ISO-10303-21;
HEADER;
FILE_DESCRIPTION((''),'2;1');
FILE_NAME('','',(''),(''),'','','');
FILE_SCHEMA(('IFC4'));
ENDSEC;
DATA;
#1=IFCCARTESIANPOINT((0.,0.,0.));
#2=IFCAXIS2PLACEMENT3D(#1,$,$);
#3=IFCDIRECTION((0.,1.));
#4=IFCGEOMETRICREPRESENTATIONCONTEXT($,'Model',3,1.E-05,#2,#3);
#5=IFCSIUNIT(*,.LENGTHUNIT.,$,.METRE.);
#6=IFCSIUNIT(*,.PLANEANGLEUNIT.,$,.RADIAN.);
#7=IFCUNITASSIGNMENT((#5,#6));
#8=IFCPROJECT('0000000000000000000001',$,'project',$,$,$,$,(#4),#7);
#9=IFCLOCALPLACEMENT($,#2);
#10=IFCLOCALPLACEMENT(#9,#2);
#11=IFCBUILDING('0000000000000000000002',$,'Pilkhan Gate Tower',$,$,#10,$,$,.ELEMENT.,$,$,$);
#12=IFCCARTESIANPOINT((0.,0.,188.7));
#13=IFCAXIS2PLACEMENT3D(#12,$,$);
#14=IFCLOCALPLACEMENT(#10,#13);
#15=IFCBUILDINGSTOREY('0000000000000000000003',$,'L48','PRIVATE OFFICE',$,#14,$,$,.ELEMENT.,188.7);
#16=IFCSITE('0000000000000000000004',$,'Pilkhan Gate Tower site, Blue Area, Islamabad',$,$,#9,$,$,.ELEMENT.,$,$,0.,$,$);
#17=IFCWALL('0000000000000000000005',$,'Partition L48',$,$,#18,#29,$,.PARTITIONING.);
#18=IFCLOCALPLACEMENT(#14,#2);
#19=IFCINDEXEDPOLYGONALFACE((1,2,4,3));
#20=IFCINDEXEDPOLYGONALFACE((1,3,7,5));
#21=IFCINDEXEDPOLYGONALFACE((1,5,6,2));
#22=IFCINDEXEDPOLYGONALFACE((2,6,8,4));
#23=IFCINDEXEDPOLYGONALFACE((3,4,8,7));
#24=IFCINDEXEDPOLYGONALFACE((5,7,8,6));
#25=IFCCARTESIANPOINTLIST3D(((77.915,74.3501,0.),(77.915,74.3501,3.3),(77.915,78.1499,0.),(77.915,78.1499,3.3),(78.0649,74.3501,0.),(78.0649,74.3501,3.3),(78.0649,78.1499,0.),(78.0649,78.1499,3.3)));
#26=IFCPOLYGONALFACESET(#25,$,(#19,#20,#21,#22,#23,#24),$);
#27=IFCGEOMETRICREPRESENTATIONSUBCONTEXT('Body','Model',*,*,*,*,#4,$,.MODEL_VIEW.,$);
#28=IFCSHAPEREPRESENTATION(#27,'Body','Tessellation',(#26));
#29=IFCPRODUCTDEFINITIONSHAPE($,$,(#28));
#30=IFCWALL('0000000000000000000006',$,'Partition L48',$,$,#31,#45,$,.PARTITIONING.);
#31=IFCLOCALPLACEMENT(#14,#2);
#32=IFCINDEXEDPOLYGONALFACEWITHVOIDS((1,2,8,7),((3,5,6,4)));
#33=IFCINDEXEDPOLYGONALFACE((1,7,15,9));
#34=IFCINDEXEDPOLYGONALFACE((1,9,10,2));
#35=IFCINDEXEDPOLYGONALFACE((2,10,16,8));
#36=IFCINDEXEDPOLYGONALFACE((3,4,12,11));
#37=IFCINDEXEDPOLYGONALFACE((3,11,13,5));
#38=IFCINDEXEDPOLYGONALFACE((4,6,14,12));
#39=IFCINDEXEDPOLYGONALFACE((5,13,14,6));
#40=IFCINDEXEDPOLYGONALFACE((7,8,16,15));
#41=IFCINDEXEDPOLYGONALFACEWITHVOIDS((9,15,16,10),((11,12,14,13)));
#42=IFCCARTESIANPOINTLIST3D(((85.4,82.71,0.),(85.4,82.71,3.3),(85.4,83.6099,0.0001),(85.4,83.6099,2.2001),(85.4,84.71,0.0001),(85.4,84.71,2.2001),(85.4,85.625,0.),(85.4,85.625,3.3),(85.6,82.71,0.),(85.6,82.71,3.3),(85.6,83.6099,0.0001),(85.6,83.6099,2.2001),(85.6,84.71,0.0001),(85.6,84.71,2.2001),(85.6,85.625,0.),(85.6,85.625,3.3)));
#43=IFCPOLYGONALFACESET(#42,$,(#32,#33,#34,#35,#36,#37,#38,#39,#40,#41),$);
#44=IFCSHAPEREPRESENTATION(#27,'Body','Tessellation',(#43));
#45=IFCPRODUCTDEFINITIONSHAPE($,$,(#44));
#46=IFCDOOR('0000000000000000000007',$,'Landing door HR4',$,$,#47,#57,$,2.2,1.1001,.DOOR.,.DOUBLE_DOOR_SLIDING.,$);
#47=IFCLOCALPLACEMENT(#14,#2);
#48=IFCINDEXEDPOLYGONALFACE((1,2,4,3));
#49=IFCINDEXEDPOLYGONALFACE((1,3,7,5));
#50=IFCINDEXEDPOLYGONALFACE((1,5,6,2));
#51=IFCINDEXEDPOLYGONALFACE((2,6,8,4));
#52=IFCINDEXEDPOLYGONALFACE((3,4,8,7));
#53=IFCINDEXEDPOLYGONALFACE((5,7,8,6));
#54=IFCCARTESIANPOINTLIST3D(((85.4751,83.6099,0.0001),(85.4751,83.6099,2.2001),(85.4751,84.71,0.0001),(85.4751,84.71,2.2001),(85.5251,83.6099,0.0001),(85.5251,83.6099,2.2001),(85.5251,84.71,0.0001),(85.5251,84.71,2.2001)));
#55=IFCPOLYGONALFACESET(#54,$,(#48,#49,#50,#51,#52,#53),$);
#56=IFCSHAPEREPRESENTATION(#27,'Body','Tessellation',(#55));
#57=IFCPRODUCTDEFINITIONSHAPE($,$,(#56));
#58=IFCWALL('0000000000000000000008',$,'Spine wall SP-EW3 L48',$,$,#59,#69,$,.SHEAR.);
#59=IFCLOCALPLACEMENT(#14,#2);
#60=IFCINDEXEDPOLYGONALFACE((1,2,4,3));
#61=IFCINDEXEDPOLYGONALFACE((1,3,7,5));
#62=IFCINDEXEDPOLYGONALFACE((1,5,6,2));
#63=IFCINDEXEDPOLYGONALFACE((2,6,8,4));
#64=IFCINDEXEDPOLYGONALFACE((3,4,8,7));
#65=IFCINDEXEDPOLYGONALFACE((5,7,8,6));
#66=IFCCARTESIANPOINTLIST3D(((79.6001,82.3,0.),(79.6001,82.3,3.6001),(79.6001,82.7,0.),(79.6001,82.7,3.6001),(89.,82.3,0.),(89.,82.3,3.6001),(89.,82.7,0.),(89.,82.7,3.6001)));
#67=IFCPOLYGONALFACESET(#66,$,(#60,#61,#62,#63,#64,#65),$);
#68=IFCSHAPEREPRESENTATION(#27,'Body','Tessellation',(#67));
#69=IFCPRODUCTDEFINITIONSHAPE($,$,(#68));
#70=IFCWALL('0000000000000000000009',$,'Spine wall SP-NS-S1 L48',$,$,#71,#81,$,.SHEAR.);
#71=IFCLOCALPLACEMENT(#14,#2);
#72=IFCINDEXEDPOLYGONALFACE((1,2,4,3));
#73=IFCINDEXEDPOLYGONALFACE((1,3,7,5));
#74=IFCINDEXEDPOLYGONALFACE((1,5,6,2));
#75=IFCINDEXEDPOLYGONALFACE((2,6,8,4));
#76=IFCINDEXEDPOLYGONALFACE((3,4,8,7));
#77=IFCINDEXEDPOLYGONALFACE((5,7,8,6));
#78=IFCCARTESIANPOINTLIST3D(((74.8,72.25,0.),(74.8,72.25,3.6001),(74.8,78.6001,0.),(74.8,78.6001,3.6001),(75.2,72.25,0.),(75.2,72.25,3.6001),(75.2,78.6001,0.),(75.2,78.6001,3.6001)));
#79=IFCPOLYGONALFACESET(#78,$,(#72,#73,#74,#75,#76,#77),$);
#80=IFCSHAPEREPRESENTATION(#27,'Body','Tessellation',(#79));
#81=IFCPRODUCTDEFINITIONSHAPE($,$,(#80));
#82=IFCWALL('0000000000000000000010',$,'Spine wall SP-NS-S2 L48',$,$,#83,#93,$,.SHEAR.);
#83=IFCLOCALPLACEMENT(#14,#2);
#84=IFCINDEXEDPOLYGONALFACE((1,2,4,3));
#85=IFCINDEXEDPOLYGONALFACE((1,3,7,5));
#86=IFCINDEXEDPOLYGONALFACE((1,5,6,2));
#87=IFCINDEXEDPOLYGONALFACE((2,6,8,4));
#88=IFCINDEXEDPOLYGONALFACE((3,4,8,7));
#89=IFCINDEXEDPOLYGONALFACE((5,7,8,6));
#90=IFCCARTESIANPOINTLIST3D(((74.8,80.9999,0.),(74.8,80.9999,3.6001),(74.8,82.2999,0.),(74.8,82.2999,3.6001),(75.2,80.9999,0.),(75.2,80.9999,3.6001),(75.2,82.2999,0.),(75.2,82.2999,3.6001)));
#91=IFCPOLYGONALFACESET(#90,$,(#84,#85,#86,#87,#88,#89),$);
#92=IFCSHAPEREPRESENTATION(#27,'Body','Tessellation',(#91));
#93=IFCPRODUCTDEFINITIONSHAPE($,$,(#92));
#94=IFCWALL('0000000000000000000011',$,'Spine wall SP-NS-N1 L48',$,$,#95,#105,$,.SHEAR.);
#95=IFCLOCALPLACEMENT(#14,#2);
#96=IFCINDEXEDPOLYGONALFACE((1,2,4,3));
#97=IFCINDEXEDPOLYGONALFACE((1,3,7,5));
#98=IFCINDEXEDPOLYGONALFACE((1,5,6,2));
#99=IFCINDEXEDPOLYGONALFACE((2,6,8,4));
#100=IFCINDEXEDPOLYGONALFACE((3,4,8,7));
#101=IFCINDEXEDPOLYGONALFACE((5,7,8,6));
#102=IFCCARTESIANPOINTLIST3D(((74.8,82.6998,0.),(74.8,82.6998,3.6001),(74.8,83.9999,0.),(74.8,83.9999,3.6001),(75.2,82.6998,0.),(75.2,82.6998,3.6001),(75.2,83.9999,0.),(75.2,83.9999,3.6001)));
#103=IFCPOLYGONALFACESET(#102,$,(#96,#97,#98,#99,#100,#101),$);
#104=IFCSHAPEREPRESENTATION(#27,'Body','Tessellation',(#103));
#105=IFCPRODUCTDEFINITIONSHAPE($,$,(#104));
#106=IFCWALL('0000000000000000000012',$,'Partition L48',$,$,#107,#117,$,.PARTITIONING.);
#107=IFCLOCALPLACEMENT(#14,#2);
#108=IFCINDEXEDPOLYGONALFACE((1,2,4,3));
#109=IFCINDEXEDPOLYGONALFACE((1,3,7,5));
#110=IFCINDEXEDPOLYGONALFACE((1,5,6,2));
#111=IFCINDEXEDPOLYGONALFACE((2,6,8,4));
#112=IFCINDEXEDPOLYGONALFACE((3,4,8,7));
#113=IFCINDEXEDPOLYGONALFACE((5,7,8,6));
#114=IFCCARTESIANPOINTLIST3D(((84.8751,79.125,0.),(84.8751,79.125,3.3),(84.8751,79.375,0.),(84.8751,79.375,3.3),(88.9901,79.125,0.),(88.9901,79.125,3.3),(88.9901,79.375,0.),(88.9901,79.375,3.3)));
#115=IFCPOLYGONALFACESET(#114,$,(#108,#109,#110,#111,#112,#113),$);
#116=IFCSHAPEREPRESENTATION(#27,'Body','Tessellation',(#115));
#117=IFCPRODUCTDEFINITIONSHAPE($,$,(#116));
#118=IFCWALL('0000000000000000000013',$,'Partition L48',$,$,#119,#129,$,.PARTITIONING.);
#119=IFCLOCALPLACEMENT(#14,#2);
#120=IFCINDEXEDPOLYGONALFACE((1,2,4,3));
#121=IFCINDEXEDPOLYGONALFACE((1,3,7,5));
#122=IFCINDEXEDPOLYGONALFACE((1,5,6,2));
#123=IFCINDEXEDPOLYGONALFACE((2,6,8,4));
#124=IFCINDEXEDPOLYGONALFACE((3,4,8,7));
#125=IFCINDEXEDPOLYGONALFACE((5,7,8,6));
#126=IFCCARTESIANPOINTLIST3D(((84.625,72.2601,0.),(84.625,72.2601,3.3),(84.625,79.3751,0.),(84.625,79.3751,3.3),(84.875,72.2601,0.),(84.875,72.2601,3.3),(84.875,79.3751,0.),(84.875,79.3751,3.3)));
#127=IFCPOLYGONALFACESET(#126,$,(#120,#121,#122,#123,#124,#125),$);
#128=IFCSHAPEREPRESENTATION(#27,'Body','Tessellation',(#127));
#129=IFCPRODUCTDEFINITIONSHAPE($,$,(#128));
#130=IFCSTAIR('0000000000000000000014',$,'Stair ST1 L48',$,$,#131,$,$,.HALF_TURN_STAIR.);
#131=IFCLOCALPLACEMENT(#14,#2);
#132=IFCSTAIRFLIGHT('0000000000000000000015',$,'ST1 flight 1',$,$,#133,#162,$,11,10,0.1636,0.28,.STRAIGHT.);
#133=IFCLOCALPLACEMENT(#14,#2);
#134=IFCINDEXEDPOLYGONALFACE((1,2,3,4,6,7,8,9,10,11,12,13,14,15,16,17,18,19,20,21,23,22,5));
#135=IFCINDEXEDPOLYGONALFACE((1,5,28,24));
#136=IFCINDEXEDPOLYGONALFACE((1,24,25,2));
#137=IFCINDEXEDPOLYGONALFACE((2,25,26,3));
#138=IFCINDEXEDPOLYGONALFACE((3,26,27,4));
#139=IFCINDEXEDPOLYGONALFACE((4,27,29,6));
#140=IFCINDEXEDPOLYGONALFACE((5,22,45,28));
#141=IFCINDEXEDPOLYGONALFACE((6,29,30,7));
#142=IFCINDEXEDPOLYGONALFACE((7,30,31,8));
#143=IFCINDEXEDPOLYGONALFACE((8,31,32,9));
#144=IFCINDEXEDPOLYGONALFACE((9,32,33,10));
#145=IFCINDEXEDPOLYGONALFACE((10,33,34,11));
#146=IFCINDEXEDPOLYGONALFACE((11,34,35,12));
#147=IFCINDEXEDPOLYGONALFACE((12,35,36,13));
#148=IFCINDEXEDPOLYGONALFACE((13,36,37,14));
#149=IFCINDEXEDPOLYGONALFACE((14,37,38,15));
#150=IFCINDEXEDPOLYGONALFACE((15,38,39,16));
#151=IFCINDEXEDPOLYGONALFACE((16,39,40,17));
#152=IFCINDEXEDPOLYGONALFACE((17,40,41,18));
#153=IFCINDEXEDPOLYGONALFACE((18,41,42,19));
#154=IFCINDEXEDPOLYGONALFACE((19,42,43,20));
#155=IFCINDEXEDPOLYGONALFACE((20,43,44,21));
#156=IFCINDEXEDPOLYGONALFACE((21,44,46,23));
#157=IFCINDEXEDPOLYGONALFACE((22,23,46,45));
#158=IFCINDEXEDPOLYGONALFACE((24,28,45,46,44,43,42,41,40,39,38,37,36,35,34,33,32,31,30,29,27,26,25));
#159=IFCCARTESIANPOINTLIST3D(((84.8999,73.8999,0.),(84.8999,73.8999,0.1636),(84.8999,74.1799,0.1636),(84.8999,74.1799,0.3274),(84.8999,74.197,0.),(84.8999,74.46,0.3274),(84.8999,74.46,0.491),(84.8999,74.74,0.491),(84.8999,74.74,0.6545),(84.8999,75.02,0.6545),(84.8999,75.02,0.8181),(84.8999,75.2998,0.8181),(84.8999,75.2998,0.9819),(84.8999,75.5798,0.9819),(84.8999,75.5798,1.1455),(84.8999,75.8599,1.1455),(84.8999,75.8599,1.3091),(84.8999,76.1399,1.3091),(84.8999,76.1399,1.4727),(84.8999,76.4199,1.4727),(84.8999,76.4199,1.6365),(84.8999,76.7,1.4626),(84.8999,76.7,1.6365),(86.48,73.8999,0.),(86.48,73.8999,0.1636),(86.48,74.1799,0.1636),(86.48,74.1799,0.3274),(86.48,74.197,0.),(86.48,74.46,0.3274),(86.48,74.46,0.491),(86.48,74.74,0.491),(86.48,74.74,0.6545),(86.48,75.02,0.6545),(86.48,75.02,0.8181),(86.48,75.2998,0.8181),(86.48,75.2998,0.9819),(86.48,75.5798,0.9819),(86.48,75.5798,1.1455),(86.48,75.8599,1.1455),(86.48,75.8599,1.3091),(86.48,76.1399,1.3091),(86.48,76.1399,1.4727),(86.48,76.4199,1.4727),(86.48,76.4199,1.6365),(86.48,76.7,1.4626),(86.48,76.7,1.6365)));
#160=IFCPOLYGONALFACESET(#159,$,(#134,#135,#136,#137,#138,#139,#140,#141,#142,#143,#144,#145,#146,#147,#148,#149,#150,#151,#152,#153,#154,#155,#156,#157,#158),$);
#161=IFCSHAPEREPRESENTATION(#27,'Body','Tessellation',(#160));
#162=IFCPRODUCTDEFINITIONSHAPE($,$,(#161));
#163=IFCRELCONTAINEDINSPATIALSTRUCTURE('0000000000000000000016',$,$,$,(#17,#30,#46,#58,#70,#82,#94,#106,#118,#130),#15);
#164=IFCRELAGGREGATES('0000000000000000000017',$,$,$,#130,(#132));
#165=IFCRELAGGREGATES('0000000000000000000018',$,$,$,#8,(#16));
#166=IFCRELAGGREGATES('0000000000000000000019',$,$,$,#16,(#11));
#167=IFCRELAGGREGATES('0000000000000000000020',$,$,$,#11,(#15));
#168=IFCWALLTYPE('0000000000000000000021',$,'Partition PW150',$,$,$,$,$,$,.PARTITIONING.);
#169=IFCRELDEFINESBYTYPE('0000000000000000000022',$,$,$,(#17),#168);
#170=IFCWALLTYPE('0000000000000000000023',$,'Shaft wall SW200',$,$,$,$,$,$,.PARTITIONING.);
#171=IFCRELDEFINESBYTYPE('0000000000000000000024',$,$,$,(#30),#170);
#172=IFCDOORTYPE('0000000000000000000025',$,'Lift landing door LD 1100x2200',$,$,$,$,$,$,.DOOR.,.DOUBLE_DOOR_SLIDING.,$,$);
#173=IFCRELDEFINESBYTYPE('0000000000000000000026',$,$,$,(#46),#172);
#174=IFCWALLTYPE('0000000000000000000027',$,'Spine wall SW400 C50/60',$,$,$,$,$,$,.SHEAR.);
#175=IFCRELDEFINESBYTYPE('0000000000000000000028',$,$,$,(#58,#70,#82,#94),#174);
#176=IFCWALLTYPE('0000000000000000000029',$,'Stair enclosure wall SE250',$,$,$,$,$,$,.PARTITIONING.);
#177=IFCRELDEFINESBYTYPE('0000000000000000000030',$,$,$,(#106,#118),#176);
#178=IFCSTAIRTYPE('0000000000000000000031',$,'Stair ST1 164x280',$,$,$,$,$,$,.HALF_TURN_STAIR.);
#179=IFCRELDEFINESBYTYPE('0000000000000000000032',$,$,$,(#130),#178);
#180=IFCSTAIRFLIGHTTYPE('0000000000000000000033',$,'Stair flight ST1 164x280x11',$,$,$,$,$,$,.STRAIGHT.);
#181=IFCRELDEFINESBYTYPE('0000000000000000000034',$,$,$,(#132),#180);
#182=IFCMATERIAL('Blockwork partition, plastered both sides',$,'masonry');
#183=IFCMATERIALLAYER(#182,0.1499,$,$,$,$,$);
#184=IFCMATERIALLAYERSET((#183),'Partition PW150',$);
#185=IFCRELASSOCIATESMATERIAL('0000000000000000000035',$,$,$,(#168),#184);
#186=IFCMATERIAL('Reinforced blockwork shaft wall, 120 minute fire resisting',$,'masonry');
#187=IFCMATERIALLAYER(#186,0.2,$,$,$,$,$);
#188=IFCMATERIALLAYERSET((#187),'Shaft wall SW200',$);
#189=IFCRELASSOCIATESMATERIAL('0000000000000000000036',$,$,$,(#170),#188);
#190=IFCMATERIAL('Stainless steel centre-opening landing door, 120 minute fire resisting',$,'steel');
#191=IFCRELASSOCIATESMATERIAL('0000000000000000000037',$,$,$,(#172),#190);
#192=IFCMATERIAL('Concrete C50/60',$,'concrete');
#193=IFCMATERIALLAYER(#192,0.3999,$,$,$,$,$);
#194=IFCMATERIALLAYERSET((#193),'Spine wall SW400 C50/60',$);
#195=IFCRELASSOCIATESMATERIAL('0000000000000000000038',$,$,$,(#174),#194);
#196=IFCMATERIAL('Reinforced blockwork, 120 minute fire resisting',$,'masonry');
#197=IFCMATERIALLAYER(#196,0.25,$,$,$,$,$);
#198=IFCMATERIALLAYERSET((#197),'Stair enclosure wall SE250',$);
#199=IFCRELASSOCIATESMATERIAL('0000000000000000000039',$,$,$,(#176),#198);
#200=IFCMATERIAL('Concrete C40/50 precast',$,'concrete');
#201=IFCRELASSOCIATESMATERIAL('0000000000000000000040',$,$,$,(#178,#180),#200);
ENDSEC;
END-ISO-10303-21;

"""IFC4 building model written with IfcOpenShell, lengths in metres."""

from ifc_helpers import new_model, si_unit, direction, frame, frame_2d, origin, place, context, subcontext, project, spatial, polyline, rectangle, outline, extrude, material, layer, layer_set, type_object, element, fill, aggregate, save


model = new_model("IFC4")

# Units and contexts
model_context = context("Model", 3, precision=1e-05, world=origin(), true_north=direction((0.0, 1.0)))
body_context = subcontext(model_context, "Body", "Model", "MODEL_VIEW")
ifc_project = project(units=[si_unit("LENGTHUNIT", "METRE"), si_unit("PLANEANGLEUNIT", "RADIAN")], contexts=[model_context])

# Site, building, storey
site_placement = place(None, origin())
site = spatial("IfcSite", under=ifc_project, at=site_placement, Name="Pilkhan Gate Tower site, Blue Area, Islamabad", CompositionType="ELEMENT", RefElevation=0.0)
building_placement = place(site_placement, origin())
building = spatial("IfcBuilding", under=site, at=building_placement, Name="Pilkhan Gate Tower", CompositionType="ELEMENT")
storey_placement = place(building_placement, frame((0.0, 0.0, 188.7)))
storey = spatial("IfcBuildingStorey", under=building, at=storey_placement, Name="L48", Description="PRIVATE OFFICE", CompositionType="ELEMENT", Elevation=188.7)

# Shared definitions
ifc_material_1 = material(Name="Concrete C50/60", Category="concrete")

# Wall
ifc_material_2 = material(Name="Blockwork partition, plastered both sides", Category="masonry")
ifc_layer_1 = layer(ifc_material_2, 0.1499)
ifc_layer_set_1 = layer_set([ifc_layer_1], Name="Partition PW150")
wall_type_1 = type_object("IfcWallType", Name="Partition PW150", PredefinedType="PARTITIONING", material=ifc_layer_set_1)
wall_1_placement = place(storey_placement, frame((77.99, 74.3501, 0.0), z_axis=(0.0, 0.0, 1.0), x_axis=(0.0, 1.0, 0.0)))
element("IfcWall", 1, at=wall_1_placement, inside=storey, type_object=wall_type_1, Name="Partition L48", PredefinedType="PARTITIONING", context=body_context, shape_type="SweptSolid", body=[
    extrude(rectangle(XDim=3.7998, YDim=0.1499, at=frame_2d((1.8999, 0.0))), origin(), (0.0, 0.0, 1.0), 3.3),
])

# Wall, opening, door
ifc_material_3 = material(Name="Reinforced blockwork shaft wall, 120 minute fire resisting", Category="masonry")
ifc_layer_2 = layer(ifc_material_3, 0.2)
ifc_layer_set_2 = layer_set([ifc_layer_2], Name="Shaft wall SW200")
wall_type_2 = type_object("IfcWallType", Name="Shaft wall SW200", PredefinedType="PARTITIONING", material=ifc_layer_set_2)
wall_2_placement = place(storey_placement, frame((85.5, 82.71, 0.0), z_axis=(0.0, 0.0, 1.0), x_axis=(0.0, 1.0, 0.0)))
wall_2 = element("IfcWall", 2, at=wall_2_placement, inside=storey, type_object=wall_type_2, Name="Partition L48", PredefinedType="PARTITIONING", context=body_context, shape_type="SweptSolid", body=[
    extrude(rectangle(XDim=2.915, YDim=0.2, at=frame_2d((1.4575, 0.0))), origin(), (0.0, 0.0, 1.0), 3.3),
])
opening_1_placement = place(wall_2_placement, frame((0.8999, 0.0, 0.0)))
opening_1 = element("IfcOpeningElement", 3, at=opening_1_placement, cuts=wall_2, PredefinedType="OPENING", context=body_context, shape_type="SweptSolid", body=[
    extrude(rectangle(XDim=1.1001, YDim=2.2, at=frame_2d((0.55, 1.1001))), frame((0.0, 0.1099, 0.0), z_axis=(0.0, -1.0, 0.0), x_axis=(1.0, 0.0, 0.0)), (0.0, 0.0, 1.0), 0.22),
])
ifc_material_4 = material(Name="Stainless steel centre-opening landing door, 120 minute fire resisting", Category="steel")
door_type_1 = type_object("IfcDoorType", Name="Lift landing door LD 1100x2200", OperationType="DOUBLE_DOOR_SLIDING", PredefinedType="DOOR", material=ifc_material_4)
door_1_placement = place(opening_1_placement, origin())
door_1 = element("IfcDoor", 4, at=door_1_placement, inside=storey, type_object=door_type_1, Name="Landing door HR4", OperationType="DOUBLE_DOOR_SLIDING", OverallHeight=2.2, OverallWidth=1.1001, PredefinedType="DOOR", context=body_context, shape_type="SweptSolid", body=[
    extrude(rectangle(XDim=1.1001, YDim=2.2, at=frame_2d((0.55, 1.1001))), frame((0.0, 0.0249, 0.0), z_axis=(0.0, -1.0, 0.0), x_axis=(1.0, 0.0, 0.0)), (0.0, 0.0, 1.0), 0.05),
])
fill(opening_1, door_1)

# Walls
ifc_layer_3 = layer(ifc_material_1, 0.3999)
ifc_layer_set_3 = layer_set([ifc_layer_3], Name="Spine wall SW400 C50/60")
wall_type_3 = type_object("IfcWallType", Name="Spine wall SW400 C50/60", PredefinedType="SHEAR", material=ifc_layer_set_3)
wall_3_placement = place(storey_placement, frame((79.6001, 82.5, 0.0), z_axis=(0.0, 0.0, 1.0), x_axis=(1.0, 0.0, 0.0)))
element("IfcWall", 5, at=wall_3_placement, inside=storey, type_object=wall_type_3, Name="Spine wall SP-EW3 L48", PredefinedType="SHEAR", context=body_context, shape_type="SweptSolid", body=[
    extrude(rectangle(XDim=9.3999, YDim=0.3999, at=frame_2d((4.7, 0.0))), origin(), (0.0, 0.0, 1.0), 3.6001),
])
wall_4_placement = place(storey_placement, frame((75.0, 72.25, 0.0), z_axis=(0.0, 0.0, 1.0), x_axis=(0.0, 1.0, 0.0)))
element("IfcWall", 6, at=wall_4_placement, inside=storey, type_object=wall_type_3, Name="Spine wall SP-NS-S1 L48", PredefinedType="SHEAR", context=body_context, shape_type="SweptSolid", body=[
    extrude(rectangle(XDim=6.3501, YDim=0.3999, at=frame_2d((3.175, 0.0))), origin(), (0.0, 0.0, 1.0), 3.6001),
])
for number, where, z_axis, x_axis, name in (
    (7, (75.0, 81.0, 0.0), (0.0, 0.0, 1.0), (0.0, 1.0, 0.0), "Spine wall SP-NS-S2 L48"),
    (8, (75.0, 82.7, 0.0), (0.0, 0.0, 1.0), (0.0, 1.0, 0.0), "Spine wall SP-NS-N1 L48"),
):
    element("IfcWall", number, at=place(storey_placement, frame(where, z_axis=z_axis, x_axis=x_axis)), inside=storey, type_object=wall_type_3, Name=name, PredefinedType="SHEAR", context=body_context, shape_type="SweptSolid", body=[
        extrude(rectangle(XDim=1.3, YDim=0.3999, at=frame_2d((0.6499, 0.0))), origin(), (0.0, 0.0, 1.0), 3.6001),
    ])
ifc_material_5 = material(Name="Reinforced blockwork, 120 minute fire resisting", Category="masonry")
ifc_layer_4 = layer(ifc_material_5, 0.25)
ifc_layer_set_4 = layer_set([ifc_layer_4], Name="Stair enclosure wall SE250")
wall_type_4 = type_object("IfcWallType", Name="Stair enclosure wall SE250", PredefinedType="PARTITIONING", material=ifc_layer_set_4)
wall_5_placement = place(storey_placement, frame((84.875, 79.25, 0.0), z_axis=(0.0, 0.0, 1.0), x_axis=(1.0, 0.0, 0.0)))
element("IfcWall", 9, at=wall_5_placement, inside=storey, type_object=wall_type_4, Name="Partition L48", PredefinedType="PARTITIONING", context=body_context, shape_type="SweptSolid", body=[
    extrude(rectangle(XDim=4.115, YDim=0.25, at=frame_2d((2.0576, 0.0))), origin(), (0.0, 0.0, 1.0), 3.3),
])
wall_6_placement = place(storey_placement, frame((84.75, 72.26, 0.0), z_axis=(0.0, 0.0, 1.0), x_axis=(0.0, 1.0, 0.0)))
element("IfcWall", 10, at=wall_6_placement, inside=storey, type_object=wall_type_4, Name="Partition L48", PredefinedType="PARTITIONING", context=body_context, shape_type="SweptSolid", body=[
    extrude(rectangle(XDim=7.115, YDim=0.25, at=frame_2d((3.5576, 0.0))), origin(), (0.0, 0.0, 1.0), 3.3),
])

# Stair, stair flight
ifc_material_6 = material(Name="Concrete C40/50 precast", Category="concrete")
stair_type = type_object("IfcStairType", Name="Stair ST1 164x280", PredefinedType="HALF_TURN_STAIR", material=ifc_material_6)
stair_placement = place(storey_placement, origin())
stair = element("IfcStair", 11, at=stair_placement, inside=storey, type_object=stair_type, Name="Stair ST1 L48", PredefinedType="HALF_TURN_STAIR")
stair_flight_type = type_object("IfcStairFlightType", Name="Stair flight ST1 164x280x11", PredefinedType="STRAIGHT", material=ifc_material_6)
stair_flight_1_placement = place(storey_placement, frame((85.6899, 73.8999, 0.0), z_axis=(0.0, 0.0, 1.0), x_axis=(0.0, 1.0, 0.0)))
stair_flight_1 = element("IfcStairFlight", 12, at=stair_flight_1_placement, type_object=stair_flight_type, Name="ST1 flight 1", NumberOfRisers=11, NumberOfTreads=10, PredefinedType="STRAIGHT", RiserHeight=0.1636, TreadLength=0.28, context=body_context, shape_type="SweptSolid", body=[
    extrude(outline(polyline([(0.0, 0.0), (0.0, 0.1636), (0.28, 0.1636), (0.28, 0.3274), (0.5601, 0.3274), (0.5601, 0.491), (0.8401, 0.491), (0.8401, 0.6545), (1.1201, 0.6545), (1.1201, 0.8181), (1.3999, 0.8181), (1.3999, 0.9819), (1.6799, 0.9819), (1.6799, 1.1455), (1.96, 1.1455), (1.96, 1.3091), (2.24, 1.3091), (2.24, 1.4727), (2.52, 1.4727), (2.52, 1.6365), (2.8, 1.6365), (2.8, 1.8), (2.8, 1.4626), (0.2971, 0.0), (0.0, 0.0)])), frame((0.0, 0.79, 0.0), z_axis=(0.0, -1.0, 0.0), x_axis=(1.0, 0.0, 0.0)), (0.0, 0.0, 1.0), 1.5801),
])
aggregate(stair, [stair_flight_1])

save(model, "model.ifc")
